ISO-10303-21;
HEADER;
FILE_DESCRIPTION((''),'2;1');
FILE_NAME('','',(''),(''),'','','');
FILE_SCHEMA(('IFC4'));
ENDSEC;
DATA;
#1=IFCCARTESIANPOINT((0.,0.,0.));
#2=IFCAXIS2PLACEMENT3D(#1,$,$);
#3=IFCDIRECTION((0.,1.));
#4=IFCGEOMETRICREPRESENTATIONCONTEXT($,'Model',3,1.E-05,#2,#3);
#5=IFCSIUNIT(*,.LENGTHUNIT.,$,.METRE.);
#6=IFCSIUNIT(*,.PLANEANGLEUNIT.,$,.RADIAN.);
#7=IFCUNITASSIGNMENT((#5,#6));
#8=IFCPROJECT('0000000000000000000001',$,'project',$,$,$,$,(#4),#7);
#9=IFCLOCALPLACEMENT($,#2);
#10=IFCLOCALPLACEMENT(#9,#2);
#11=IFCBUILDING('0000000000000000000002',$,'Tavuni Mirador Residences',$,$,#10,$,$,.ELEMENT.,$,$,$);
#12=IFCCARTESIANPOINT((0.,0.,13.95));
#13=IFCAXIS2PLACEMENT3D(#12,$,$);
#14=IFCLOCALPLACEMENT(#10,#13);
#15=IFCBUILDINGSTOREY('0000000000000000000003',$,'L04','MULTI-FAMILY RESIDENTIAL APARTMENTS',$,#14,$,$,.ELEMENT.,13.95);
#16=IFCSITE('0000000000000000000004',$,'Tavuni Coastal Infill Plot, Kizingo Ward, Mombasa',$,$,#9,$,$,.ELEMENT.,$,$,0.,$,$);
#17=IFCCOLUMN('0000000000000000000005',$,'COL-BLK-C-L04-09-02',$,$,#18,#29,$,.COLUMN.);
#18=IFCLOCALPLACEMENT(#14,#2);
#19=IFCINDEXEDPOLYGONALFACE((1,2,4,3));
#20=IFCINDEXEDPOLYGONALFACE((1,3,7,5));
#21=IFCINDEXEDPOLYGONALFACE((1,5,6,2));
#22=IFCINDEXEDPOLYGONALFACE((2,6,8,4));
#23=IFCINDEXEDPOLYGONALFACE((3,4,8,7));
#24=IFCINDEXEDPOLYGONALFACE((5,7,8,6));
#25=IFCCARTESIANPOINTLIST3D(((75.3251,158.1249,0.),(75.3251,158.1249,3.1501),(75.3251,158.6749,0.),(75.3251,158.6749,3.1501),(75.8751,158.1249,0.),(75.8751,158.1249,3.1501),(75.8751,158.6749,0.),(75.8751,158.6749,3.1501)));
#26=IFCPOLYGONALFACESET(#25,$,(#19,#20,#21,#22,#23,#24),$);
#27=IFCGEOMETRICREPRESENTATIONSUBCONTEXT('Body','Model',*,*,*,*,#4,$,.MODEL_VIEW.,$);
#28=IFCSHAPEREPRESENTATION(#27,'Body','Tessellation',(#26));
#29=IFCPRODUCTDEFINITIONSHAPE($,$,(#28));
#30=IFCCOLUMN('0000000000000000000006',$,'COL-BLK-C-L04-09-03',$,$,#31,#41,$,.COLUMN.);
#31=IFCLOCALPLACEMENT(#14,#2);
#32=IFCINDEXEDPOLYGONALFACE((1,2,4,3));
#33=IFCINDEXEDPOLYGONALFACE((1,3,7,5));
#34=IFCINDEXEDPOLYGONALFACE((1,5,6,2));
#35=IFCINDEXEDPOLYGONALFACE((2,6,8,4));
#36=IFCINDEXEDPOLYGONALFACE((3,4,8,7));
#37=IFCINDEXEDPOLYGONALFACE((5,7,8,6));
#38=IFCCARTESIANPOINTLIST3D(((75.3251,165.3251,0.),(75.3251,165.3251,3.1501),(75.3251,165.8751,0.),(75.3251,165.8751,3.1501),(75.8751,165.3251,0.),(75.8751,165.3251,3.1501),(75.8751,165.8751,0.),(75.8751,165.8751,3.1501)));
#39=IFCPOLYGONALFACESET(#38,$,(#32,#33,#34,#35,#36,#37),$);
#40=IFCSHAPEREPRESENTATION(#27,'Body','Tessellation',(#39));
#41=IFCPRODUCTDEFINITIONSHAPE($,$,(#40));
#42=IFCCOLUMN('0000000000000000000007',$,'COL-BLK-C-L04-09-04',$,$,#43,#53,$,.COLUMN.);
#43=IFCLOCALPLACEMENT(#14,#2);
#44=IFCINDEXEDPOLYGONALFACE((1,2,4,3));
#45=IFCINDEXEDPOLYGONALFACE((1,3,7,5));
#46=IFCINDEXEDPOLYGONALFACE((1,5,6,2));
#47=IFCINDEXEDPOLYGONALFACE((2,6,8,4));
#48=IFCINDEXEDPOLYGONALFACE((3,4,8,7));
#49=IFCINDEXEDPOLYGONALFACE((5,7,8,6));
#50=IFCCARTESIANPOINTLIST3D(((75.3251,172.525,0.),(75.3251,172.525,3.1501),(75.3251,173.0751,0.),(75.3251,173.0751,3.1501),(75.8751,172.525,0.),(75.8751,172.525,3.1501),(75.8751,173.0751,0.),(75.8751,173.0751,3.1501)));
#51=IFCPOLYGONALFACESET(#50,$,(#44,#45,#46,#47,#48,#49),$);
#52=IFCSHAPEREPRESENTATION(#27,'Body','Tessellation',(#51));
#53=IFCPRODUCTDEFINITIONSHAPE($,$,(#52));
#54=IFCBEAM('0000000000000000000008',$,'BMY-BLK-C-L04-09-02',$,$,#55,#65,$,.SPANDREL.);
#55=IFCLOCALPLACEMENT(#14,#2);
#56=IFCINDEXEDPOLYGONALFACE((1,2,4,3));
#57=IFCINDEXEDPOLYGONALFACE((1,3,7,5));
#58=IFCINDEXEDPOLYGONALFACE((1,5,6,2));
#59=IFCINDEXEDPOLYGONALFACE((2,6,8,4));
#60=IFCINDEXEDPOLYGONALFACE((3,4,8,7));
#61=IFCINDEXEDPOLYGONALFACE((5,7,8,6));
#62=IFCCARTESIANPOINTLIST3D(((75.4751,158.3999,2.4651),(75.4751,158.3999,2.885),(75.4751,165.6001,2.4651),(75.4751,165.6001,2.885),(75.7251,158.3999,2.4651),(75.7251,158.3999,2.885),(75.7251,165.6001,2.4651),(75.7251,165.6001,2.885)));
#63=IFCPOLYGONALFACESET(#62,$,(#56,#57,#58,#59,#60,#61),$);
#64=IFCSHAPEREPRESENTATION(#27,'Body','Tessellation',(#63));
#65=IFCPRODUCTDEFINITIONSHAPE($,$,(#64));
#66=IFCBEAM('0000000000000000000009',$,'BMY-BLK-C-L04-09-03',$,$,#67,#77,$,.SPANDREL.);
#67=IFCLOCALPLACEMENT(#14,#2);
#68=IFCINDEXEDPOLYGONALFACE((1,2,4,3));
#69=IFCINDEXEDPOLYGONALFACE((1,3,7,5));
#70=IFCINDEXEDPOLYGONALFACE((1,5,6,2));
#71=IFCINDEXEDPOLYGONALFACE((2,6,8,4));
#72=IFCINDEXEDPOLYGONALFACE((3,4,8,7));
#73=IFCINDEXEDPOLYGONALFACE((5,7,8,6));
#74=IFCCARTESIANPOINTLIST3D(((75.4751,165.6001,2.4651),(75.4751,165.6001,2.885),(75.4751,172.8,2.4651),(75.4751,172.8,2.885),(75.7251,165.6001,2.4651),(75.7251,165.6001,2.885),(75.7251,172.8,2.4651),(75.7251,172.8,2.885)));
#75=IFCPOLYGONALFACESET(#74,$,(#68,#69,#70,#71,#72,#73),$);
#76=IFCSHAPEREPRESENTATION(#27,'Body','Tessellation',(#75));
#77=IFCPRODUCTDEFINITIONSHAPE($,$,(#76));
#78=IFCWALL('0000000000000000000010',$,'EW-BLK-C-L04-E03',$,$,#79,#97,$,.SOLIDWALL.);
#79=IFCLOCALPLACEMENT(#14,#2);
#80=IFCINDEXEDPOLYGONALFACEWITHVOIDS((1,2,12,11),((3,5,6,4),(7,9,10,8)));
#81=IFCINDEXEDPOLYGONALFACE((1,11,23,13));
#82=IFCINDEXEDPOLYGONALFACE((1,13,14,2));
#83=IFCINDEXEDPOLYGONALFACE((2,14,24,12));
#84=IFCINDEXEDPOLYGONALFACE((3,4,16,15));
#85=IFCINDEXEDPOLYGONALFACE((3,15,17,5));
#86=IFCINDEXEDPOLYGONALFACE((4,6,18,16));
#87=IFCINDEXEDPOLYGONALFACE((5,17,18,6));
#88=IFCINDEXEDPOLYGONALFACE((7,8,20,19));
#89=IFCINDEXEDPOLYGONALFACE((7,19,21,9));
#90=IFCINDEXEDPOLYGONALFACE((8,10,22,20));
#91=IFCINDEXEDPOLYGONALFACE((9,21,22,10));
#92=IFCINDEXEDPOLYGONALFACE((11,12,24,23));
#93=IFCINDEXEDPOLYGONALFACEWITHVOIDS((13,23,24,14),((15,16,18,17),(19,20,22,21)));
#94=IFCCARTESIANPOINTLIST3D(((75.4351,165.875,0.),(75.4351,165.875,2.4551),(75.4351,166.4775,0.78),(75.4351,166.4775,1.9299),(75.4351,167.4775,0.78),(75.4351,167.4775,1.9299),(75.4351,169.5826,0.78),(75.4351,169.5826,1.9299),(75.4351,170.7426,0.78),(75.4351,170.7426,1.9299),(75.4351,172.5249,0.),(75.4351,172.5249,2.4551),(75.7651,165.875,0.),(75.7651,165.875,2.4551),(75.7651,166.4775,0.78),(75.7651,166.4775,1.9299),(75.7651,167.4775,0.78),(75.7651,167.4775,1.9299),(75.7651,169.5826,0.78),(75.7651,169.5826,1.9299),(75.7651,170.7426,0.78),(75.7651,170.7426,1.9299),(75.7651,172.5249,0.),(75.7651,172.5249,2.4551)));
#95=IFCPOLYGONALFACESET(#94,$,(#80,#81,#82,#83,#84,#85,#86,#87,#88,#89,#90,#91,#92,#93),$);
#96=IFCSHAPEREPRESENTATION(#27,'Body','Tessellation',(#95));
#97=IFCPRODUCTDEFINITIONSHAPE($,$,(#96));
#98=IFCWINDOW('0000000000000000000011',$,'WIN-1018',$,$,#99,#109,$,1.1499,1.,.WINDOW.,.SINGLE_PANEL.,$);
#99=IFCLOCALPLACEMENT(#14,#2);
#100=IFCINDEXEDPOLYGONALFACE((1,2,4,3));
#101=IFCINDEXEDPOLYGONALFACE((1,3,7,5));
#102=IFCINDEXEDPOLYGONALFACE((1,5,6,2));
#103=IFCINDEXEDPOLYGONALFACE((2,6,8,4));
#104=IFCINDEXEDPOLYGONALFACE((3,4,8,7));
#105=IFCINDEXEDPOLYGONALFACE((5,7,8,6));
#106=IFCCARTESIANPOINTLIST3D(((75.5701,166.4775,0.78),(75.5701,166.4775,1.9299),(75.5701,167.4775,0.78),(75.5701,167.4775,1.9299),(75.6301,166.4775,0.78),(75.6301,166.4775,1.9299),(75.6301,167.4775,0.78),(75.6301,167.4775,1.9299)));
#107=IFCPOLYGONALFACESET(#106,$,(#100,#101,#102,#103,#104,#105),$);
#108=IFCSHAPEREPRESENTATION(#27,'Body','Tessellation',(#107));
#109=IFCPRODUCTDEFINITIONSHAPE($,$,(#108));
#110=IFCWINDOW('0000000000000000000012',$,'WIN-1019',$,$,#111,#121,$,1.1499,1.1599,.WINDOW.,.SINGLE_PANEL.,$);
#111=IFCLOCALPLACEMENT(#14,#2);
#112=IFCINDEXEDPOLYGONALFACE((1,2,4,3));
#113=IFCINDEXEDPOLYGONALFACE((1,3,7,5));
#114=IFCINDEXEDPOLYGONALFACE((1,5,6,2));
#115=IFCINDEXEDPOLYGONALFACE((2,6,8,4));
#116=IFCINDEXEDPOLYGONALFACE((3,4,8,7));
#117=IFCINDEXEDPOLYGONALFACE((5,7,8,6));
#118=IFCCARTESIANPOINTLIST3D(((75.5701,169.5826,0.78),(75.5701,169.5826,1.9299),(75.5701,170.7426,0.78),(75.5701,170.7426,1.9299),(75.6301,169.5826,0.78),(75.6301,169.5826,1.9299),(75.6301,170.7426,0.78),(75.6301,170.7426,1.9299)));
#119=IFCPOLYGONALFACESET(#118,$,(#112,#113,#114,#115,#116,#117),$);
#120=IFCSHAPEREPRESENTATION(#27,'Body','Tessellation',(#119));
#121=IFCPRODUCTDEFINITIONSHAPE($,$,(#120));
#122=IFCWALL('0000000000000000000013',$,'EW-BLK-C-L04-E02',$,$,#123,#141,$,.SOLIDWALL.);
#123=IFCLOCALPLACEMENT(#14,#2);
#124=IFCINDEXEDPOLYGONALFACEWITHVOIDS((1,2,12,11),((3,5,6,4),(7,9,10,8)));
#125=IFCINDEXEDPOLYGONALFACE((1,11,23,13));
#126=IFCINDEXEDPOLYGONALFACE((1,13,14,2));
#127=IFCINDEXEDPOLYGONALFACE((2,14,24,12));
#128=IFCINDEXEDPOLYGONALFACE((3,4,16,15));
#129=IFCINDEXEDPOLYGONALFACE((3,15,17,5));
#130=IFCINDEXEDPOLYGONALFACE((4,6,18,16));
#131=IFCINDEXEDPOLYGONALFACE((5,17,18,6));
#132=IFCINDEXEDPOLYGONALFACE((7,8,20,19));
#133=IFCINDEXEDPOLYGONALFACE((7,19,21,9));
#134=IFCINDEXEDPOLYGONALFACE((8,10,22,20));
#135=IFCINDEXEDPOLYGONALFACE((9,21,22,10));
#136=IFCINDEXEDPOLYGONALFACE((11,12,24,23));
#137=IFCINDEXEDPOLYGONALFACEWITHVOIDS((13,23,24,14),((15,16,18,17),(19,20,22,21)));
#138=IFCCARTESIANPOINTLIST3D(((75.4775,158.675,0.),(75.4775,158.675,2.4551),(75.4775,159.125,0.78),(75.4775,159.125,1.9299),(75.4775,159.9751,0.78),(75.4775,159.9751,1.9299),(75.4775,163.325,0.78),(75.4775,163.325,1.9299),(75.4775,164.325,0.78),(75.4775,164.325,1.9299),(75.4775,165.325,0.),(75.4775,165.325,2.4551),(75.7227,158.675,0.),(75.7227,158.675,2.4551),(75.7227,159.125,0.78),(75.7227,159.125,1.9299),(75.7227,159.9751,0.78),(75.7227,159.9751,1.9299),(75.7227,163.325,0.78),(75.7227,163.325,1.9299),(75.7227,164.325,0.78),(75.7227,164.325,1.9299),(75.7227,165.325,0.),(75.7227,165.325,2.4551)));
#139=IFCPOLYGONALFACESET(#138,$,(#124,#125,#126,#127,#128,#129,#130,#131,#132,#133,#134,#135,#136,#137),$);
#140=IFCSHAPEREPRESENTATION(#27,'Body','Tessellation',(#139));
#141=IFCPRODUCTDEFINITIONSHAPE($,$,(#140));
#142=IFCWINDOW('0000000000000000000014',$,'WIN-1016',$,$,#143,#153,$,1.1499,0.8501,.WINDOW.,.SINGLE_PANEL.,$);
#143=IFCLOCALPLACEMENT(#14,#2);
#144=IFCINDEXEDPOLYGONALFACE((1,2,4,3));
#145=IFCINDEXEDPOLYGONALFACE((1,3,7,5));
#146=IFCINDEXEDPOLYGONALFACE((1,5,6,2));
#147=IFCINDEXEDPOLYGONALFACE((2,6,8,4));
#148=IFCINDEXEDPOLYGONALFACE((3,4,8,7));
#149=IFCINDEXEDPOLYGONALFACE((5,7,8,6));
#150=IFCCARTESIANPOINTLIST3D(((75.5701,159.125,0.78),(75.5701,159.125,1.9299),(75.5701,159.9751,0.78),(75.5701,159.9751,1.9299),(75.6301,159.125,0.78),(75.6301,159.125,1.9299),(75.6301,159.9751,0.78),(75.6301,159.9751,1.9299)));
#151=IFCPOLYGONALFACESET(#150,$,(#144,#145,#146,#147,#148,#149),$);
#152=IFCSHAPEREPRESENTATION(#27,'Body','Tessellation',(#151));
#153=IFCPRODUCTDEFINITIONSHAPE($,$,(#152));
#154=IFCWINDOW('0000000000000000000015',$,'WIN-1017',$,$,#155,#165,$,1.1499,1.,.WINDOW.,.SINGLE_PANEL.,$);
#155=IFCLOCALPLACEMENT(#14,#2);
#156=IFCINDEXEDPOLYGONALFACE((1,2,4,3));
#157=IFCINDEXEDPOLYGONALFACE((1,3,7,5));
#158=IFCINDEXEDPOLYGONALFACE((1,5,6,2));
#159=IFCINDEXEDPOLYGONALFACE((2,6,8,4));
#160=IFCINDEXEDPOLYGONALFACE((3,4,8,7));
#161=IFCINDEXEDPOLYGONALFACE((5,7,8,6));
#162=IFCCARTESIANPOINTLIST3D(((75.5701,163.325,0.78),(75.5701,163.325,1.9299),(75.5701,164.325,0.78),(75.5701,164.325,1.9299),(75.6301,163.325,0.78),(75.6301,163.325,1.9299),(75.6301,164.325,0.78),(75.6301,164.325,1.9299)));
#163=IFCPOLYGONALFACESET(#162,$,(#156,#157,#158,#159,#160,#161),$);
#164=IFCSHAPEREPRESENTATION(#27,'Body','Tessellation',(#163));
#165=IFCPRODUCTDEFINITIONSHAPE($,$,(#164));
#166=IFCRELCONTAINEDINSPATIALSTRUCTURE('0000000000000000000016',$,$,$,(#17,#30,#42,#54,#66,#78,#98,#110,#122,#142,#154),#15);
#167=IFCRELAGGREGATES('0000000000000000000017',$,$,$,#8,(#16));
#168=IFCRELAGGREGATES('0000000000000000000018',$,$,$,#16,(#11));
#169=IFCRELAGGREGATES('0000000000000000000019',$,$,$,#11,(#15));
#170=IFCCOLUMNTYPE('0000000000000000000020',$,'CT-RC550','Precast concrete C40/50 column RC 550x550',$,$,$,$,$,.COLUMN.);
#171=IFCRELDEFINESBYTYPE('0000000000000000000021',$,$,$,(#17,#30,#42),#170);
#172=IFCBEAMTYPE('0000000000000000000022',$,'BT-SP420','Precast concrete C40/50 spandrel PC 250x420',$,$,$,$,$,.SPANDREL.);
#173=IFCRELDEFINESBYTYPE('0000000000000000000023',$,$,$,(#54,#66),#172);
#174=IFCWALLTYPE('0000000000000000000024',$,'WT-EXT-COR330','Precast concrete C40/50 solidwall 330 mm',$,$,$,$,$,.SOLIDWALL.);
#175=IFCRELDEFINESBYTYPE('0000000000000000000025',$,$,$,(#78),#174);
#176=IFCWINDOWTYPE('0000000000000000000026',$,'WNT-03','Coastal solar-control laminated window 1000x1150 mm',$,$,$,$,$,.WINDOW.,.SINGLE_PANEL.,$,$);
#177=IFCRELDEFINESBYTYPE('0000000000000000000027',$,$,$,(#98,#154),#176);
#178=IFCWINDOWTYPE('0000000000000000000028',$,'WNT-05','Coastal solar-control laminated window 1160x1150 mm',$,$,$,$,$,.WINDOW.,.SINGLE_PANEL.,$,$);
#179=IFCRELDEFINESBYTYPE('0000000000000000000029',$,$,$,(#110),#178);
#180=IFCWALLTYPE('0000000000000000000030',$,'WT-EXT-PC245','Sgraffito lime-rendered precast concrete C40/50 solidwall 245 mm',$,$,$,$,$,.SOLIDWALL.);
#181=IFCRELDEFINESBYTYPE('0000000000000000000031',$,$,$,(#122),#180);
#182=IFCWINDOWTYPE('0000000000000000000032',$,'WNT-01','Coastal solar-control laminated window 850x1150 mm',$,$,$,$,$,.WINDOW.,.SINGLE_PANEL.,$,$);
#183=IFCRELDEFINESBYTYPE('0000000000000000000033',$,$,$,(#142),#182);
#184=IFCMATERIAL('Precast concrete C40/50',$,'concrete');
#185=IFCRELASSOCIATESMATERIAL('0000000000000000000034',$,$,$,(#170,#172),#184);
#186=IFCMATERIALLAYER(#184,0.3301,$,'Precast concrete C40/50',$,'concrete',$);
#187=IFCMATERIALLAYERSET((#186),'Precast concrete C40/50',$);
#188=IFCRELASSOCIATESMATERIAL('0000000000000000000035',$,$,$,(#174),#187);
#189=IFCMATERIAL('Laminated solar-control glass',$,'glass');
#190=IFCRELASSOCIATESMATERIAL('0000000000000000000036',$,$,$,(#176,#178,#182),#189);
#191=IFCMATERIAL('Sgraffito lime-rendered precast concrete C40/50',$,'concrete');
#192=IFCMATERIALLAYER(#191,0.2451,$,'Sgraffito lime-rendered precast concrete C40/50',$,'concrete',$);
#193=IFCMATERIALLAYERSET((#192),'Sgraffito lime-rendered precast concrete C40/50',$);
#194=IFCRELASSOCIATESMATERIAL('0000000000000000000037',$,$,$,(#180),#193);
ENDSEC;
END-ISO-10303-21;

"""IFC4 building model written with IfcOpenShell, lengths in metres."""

from ifc_helpers import new_model, si_unit, direction, frame, frame_2d, origin, origin_2d, place, context, subcontext, project, spatial, rectangle, extrude, material, layer, layer_set, material_profile, profile_set, type_object, element, fill, save


model = new_model("IFC4")

# Units and contexts
model_context = context("Model", 3, precision=1e-05, world=origin(), true_north=direction((0.0, 1.0)))
body_context = subcontext(model_context, "Body", "Model", "MODEL_VIEW")
ifc_project = project(units=[si_unit("LENGTHUNIT", "METRE"), si_unit("PLANEANGLEUNIT", "RADIAN")], contexts=[model_context])

# Site, building, storey
site_placement = place(None, origin())
site = spatial("IfcSite", under=ifc_project, at=site_placement, Name="Tavuni Coastal Infill Plot, Kizingo Ward, Mombasa", CompositionType="ELEMENT", RefElevation=0.0)
building_placement = place(site_placement, origin())
building = spatial("IfcBuilding", under=site, at=building_placement, Name="Tavuni Mirador Residences", CompositionType="ELEMENT")
storey_placement = place(building_placement, frame((0.0, 0.0, 13.95)))
storey = spatial("IfcBuildingStorey", under=building, at=storey_placement, Name="L04", Description="MULTI-FAMILY RESIDENTIAL APARTMENTS", CompositionType="ELEMENT", Elevation=13.95)

# Columns
ifc_material_1 = material(Name="Precast concrete C40/50", Category="concrete")
ifc_material_profile_1 = material_profile(ifc_material_1, rectangle(XDim=0.55, YDim=0.55, at=origin_2d()), Name="RC 550x550", Category="concrete")
ifc_profile_set_1 = profile_set([ifc_material_profile_1], Name="Precast concrete C40/50")
column_type = type_object("IfcColumnType", Name="CT-RC550", Description="Precast concrete C40/50 column RC 550x550", PredefinedType="COLUMN", material=ifc_profile_set_1)
for number, where, z_axis, x_axis, name in (
    (1, (75.6001, 158.3999, 0.0), (0.0, 0.0, 1.0), (1.0, 0.0, 0.0), "COL-BLK-C-L04-09-02"),
    (2, (75.6001, 165.6001, 0.0), (0.0, 0.0, 1.0), (1.0, 0.0, 0.0), "COL-BLK-C-L04-09-03"),
    (3, (75.6001, 172.8, 0.0), (0.0, 0.0, 1.0), (1.0, 0.0, 0.0), "COL-BLK-C-L04-09-04"),
):
    element("IfcColumn", number, at=place(storey_placement, frame(where, z_axis=z_axis, x_axis=x_axis)), inside=storey, type_object=column_type, Name=name, PredefinedType="COLUMN", context=body_context, shape_type="SweptSolid", body=[
        extrude(rectangle(XDim=0.55, YDim=0.55, at=origin_2d()), origin(), (0.0, 0.0, 1.0), 3.1501),
    ])

# Beams
ifc_material_profile_2 = material_profile(ifc_material_1, rectangle(XDim=0.25, YDim=0.4199, at=origin_2d()), Name="PC 250x420", Category="concrete")
ifc_profile_set_2 = profile_set([ifc_material_profile_2], Name="Precast concrete C40/50")
beam_type = type_object("IfcBeamType", Name="BT-SP420", Description="Precast concrete C40/50 spandrel PC 250x420", PredefinedType="SPANDREL", material=ifc_profile_set_2)
beam_1_placement = place(storey_placement, frame((75.6001, 158.3999, 2.675), z_axis=(0.0, 1.0, 0.0), x_axis=(-1.0, 0.0, 0.0)))
element("IfcBeam", 4, at=beam_1_placement, inside=storey, type_object=beam_type, Name="BMY-BLK-C-L04-09-02", PredefinedType="SPANDREL", context=body_context, shape_type="SweptSolid", body=[
    extrude(rectangle(XDim=0.25, YDim=0.4199, at=origin_2d()), origin(), (0.0, 0.0, 1.0), 7.2002),
])
beam_2_placement = place(storey_placement, frame((75.6001, 165.6001, 2.675), z_axis=(0.0, 1.0, 0.0), x_axis=(-1.0, 0.0, 0.0)))
element("IfcBeam", 5, at=beam_2_placement, inside=storey, type_object=beam_type, Name="BMY-BLK-C-L04-09-03", PredefinedType="SPANDREL", context=body_context, shape_type="SweptSolid", body=[
    extrude(rectangle(XDim=0.25, YDim=0.4199, at=origin_2d()), origin(), (0.0, 0.0, 1.0), 7.2),
])

# Walls, openings, windows
ifc_layer_1 = layer(ifc_material_1, 0.3301, Name="Precast concrete C40/50", Category="concrete")
ifc_layer_set_1 = layer_set([ifc_layer_1], Name="Precast concrete C40/50")
wall_type_1 = type_object("IfcWallType", Name="WT-EXT-COR330", Description="Precast concrete C40/50 solidwall 330 mm", PredefinedType="SOLIDWALL", material=ifc_layer_set_1)
wall_1_placement = place(storey_placement, frame((75.6001, 165.875, 0.0), z_axis=(0.0, 0.0, 1.0), x_axis=(0.0, 1.0, 0.0)))
wall_1 = element("IfcWall", 6, at=wall_1_placement, inside=storey, type_object=wall_type_1, Name="EW-BLK-C-L04-E03", PredefinedType="SOLIDWALL", context=body_context, shape_type="SweptSolid", body=[
    extrude(rectangle(XDim=6.6499, YDim=0.3301, at=frame_2d((3.325, 0.0))), origin(), (0.0, 0.0, 1.0), 2.4551),
])
opening_1_placement = place(wall_1_placement, frame((0.6025, 0.0, 0.78)))
opening_1 = element("IfcOpeningElement", 7, at=opening_1_placement, cuts=wall_1, PredefinedType="OPENING", context=body_context, shape_type="SweptSolid", body=[
    extrude(rectangle(XDim=1.0, YDim=1.1499, at=frame_2d((0.5, 0.575))), frame((0.0, 0.175, 0.0), z_axis=(0.0, -1.0, 0.0), x_axis=(1.0, 0.0, 0.0)), (0.0, 0.0, 1.0), 0.3501),
])
opening_2_placement = place(wall_1_placement, frame((3.7075, 0.0, 0.78)))
opening_2 = element("IfcOpeningElement", 8, at=opening_2_placement, cuts=wall_1, PredefinedType="OPENING", context=body_context, shape_type="SweptSolid", body=[
    extrude(rectangle(XDim=1.1599, YDim=1.1499, at=frame_2d((0.5801, 0.575))), frame((0.0, 0.175, 0.0), z_axis=(0.0, -1.0, 0.0), x_axis=(1.0, 0.0, 0.0)), (0.0, 0.0, 1.0), 0.3501),
])
ifc_material_2 = material(Name="Laminated solar-control glass", Category="glass")
window_type_1 = type_object("IfcWindowType", Name="WNT-03", Description="Coastal solar-control laminated window 1000x1150 mm", PartitioningType="SINGLE_PANEL", PredefinedType="WINDOW", material=ifc_material_2)
window_1_placement = place(opening_1_placement, origin())
window_1 = element("IfcWindow", 9, at=window_1_placement, inside=storey, type_object=window_type_1, Name="WIN-1018", OverallHeight=1.1499, OverallWidth=1.0, PartitioningType="SINGLE_PANEL", PredefinedType="WINDOW", context=body_context, shape_type="SweptSolid", body=[
    extrude(rectangle(XDim=1.0, YDim=1.1499, at=frame_2d((0.5, 0.575))), frame((0.0, 0.03, 0.0), z_axis=(0.0, -1.0, 0.0), x_axis=(1.0, 0.0, 0.0)), (0.0, 0.0, 1.0), 0.0601),
])
fill(opening_1, window_1)
window_type_2 = type_object("IfcWindowType", Name="WNT-05", Description="Coastal solar-control laminated window 1160x1150 mm", PartitioningType="SINGLE_PANEL", PredefinedType="WINDOW", material=ifc_material_2)
window_2_placement = place(opening_2_placement, origin())
window_2 = element("IfcWindow", 10, at=window_2_placement, inside=storey, type_object=window_type_2, Name="WIN-1019", OverallHeight=1.1499, OverallWidth=1.1599, PartitioningType="SINGLE_PANEL", PredefinedType="WINDOW", context=body_context, shape_type="SweptSolid", body=[
    extrude(rectangle(XDim=1.1599, YDim=1.1499, at=frame_2d((0.5801, 0.575))), frame((0.0, 0.03, 0.0), z_axis=(0.0, -1.0, 0.0), x_axis=(1.0, 0.0, 0.0)), (0.0, 0.0, 1.0), 0.0601),
])
fill(opening_2, window_2)
ifc_material_3 = material(Name="Sgraffito lime-rendered precast concrete C40/50", Category="concrete")
ifc_layer_2 = layer(ifc_material_3, 0.2451, Name="Sgraffito lime-rendered precast concrete C40/50", Category="concrete")
ifc_layer_set_2 = layer_set([ifc_layer_2], Name="Sgraffito lime-rendered precast concrete C40/50")
wall_type_2 = type_object("IfcWallType", Name="WT-EXT-PC245", Description="Sgraffito lime-rendered precast concrete C40/50 solidwall 245 mm", PredefinedType="SOLIDWALL", material=ifc_layer_set_2)
wall_2_placement = place(storey_placement, frame((75.6001, 158.675, 0.0), z_axis=(0.0, 0.0, 1.0), x_axis=(0.0, 1.0, 0.0)))
wall_2 = element("IfcWall", 11, at=wall_2_placement, inside=storey, type_object=wall_type_2, Name="EW-BLK-C-L04-E02", PredefinedType="SOLIDWALL", context=body_context, shape_type="SweptSolid", body=[
    extrude(rectangle(XDim=6.6499, YDim=0.2451, at=frame_2d((3.325, 0.0))), origin(), (0.0, 0.0, 1.0), 2.4551),
])
opening_3_placement = place(wall_2_placement, frame((0.45, 0.0, 0.78)))
opening_3 = element("IfcOpeningElement", 12, at=opening_3_placement, cuts=wall_2, PredefinedType="OPENING", context=body_context, shape_type="SweptSolid", body=[
    extrude(rectangle(XDim=0.8501, YDim=1.1499, at=frame_2d((0.425, 0.575))), frame((0.0, 0.1326, 0.0), z_axis=(0.0, -1.0, 0.0), x_axis=(1.0, 0.0, 0.0)), (0.0, 0.0, 1.0), 0.2651),
])
opening_4_placement = place(wall_2_placement, frame((4.6499, 0.0, 0.78)))
opening_4 = element("IfcOpeningElement", 13, at=opening_4_placement, cuts=wall_2, PredefinedType="OPENING", context=body_context, shape_type="SweptSolid", body=[
    extrude(rectangle(XDim=1.0, YDim=1.1499, at=frame_2d((0.5, 0.575))), frame((0.0, 0.1326, 0.0), z_axis=(0.0, -1.0, 0.0), x_axis=(1.0, 0.0, 0.0)), (0.0, 0.0, 1.0), 0.2651),
])
window_type_3 = type_object("IfcWindowType", Name="WNT-01", Description="Coastal solar-control laminated window 850x1150 mm", PartitioningType="SINGLE_PANEL", PredefinedType="WINDOW", material=ifc_material_2)
window_3_placement = place(opening_3_placement, origin())
window_3 = element("IfcWindow", 14, at=window_3_placement, inside=storey, type_object=window_type_3, Name="WIN-1016", OverallHeight=1.1499, OverallWidth=0.8501, PartitioningType="SINGLE_PANEL", PredefinedType="WINDOW", context=body_context, shape_type="SweptSolid", body=[
    extrude(rectangle(XDim=0.8501, YDim=1.1499, at=frame_2d((0.425, 0.575))), frame((0.0, 0.03, 0.0), z_axis=(0.0, -1.0, 0.0), x_axis=(1.0, 0.0, 0.0)), (0.0, 0.0, 1.0), 0.0601),
])
fill(opening_3, window_3)
window_4_placement = place(opening_4_placement, origin())
window_4 = element("IfcWindow", 15, at=window_4_placement, inside=storey, type_object=window_type_1, Name="WIN-1017", OverallHeight=1.1499, OverallWidth=1.0, PartitioningType="SINGLE_PANEL", PredefinedType="WINDOW", context=body_context, shape_type="SweptSolid", body=[
    extrude(rectangle(XDim=1.0, YDim=1.1499, at=frame_2d((0.5, 0.575))), frame((0.0, 0.03, 0.0), z_axis=(0.0, -1.0, 0.0), x_axis=(1.0, 0.0, 0.0)), (0.0, 0.0, 1.0), 0.0601),
])
fill(opening_4, window_4)

save(model, "model.ifc")
